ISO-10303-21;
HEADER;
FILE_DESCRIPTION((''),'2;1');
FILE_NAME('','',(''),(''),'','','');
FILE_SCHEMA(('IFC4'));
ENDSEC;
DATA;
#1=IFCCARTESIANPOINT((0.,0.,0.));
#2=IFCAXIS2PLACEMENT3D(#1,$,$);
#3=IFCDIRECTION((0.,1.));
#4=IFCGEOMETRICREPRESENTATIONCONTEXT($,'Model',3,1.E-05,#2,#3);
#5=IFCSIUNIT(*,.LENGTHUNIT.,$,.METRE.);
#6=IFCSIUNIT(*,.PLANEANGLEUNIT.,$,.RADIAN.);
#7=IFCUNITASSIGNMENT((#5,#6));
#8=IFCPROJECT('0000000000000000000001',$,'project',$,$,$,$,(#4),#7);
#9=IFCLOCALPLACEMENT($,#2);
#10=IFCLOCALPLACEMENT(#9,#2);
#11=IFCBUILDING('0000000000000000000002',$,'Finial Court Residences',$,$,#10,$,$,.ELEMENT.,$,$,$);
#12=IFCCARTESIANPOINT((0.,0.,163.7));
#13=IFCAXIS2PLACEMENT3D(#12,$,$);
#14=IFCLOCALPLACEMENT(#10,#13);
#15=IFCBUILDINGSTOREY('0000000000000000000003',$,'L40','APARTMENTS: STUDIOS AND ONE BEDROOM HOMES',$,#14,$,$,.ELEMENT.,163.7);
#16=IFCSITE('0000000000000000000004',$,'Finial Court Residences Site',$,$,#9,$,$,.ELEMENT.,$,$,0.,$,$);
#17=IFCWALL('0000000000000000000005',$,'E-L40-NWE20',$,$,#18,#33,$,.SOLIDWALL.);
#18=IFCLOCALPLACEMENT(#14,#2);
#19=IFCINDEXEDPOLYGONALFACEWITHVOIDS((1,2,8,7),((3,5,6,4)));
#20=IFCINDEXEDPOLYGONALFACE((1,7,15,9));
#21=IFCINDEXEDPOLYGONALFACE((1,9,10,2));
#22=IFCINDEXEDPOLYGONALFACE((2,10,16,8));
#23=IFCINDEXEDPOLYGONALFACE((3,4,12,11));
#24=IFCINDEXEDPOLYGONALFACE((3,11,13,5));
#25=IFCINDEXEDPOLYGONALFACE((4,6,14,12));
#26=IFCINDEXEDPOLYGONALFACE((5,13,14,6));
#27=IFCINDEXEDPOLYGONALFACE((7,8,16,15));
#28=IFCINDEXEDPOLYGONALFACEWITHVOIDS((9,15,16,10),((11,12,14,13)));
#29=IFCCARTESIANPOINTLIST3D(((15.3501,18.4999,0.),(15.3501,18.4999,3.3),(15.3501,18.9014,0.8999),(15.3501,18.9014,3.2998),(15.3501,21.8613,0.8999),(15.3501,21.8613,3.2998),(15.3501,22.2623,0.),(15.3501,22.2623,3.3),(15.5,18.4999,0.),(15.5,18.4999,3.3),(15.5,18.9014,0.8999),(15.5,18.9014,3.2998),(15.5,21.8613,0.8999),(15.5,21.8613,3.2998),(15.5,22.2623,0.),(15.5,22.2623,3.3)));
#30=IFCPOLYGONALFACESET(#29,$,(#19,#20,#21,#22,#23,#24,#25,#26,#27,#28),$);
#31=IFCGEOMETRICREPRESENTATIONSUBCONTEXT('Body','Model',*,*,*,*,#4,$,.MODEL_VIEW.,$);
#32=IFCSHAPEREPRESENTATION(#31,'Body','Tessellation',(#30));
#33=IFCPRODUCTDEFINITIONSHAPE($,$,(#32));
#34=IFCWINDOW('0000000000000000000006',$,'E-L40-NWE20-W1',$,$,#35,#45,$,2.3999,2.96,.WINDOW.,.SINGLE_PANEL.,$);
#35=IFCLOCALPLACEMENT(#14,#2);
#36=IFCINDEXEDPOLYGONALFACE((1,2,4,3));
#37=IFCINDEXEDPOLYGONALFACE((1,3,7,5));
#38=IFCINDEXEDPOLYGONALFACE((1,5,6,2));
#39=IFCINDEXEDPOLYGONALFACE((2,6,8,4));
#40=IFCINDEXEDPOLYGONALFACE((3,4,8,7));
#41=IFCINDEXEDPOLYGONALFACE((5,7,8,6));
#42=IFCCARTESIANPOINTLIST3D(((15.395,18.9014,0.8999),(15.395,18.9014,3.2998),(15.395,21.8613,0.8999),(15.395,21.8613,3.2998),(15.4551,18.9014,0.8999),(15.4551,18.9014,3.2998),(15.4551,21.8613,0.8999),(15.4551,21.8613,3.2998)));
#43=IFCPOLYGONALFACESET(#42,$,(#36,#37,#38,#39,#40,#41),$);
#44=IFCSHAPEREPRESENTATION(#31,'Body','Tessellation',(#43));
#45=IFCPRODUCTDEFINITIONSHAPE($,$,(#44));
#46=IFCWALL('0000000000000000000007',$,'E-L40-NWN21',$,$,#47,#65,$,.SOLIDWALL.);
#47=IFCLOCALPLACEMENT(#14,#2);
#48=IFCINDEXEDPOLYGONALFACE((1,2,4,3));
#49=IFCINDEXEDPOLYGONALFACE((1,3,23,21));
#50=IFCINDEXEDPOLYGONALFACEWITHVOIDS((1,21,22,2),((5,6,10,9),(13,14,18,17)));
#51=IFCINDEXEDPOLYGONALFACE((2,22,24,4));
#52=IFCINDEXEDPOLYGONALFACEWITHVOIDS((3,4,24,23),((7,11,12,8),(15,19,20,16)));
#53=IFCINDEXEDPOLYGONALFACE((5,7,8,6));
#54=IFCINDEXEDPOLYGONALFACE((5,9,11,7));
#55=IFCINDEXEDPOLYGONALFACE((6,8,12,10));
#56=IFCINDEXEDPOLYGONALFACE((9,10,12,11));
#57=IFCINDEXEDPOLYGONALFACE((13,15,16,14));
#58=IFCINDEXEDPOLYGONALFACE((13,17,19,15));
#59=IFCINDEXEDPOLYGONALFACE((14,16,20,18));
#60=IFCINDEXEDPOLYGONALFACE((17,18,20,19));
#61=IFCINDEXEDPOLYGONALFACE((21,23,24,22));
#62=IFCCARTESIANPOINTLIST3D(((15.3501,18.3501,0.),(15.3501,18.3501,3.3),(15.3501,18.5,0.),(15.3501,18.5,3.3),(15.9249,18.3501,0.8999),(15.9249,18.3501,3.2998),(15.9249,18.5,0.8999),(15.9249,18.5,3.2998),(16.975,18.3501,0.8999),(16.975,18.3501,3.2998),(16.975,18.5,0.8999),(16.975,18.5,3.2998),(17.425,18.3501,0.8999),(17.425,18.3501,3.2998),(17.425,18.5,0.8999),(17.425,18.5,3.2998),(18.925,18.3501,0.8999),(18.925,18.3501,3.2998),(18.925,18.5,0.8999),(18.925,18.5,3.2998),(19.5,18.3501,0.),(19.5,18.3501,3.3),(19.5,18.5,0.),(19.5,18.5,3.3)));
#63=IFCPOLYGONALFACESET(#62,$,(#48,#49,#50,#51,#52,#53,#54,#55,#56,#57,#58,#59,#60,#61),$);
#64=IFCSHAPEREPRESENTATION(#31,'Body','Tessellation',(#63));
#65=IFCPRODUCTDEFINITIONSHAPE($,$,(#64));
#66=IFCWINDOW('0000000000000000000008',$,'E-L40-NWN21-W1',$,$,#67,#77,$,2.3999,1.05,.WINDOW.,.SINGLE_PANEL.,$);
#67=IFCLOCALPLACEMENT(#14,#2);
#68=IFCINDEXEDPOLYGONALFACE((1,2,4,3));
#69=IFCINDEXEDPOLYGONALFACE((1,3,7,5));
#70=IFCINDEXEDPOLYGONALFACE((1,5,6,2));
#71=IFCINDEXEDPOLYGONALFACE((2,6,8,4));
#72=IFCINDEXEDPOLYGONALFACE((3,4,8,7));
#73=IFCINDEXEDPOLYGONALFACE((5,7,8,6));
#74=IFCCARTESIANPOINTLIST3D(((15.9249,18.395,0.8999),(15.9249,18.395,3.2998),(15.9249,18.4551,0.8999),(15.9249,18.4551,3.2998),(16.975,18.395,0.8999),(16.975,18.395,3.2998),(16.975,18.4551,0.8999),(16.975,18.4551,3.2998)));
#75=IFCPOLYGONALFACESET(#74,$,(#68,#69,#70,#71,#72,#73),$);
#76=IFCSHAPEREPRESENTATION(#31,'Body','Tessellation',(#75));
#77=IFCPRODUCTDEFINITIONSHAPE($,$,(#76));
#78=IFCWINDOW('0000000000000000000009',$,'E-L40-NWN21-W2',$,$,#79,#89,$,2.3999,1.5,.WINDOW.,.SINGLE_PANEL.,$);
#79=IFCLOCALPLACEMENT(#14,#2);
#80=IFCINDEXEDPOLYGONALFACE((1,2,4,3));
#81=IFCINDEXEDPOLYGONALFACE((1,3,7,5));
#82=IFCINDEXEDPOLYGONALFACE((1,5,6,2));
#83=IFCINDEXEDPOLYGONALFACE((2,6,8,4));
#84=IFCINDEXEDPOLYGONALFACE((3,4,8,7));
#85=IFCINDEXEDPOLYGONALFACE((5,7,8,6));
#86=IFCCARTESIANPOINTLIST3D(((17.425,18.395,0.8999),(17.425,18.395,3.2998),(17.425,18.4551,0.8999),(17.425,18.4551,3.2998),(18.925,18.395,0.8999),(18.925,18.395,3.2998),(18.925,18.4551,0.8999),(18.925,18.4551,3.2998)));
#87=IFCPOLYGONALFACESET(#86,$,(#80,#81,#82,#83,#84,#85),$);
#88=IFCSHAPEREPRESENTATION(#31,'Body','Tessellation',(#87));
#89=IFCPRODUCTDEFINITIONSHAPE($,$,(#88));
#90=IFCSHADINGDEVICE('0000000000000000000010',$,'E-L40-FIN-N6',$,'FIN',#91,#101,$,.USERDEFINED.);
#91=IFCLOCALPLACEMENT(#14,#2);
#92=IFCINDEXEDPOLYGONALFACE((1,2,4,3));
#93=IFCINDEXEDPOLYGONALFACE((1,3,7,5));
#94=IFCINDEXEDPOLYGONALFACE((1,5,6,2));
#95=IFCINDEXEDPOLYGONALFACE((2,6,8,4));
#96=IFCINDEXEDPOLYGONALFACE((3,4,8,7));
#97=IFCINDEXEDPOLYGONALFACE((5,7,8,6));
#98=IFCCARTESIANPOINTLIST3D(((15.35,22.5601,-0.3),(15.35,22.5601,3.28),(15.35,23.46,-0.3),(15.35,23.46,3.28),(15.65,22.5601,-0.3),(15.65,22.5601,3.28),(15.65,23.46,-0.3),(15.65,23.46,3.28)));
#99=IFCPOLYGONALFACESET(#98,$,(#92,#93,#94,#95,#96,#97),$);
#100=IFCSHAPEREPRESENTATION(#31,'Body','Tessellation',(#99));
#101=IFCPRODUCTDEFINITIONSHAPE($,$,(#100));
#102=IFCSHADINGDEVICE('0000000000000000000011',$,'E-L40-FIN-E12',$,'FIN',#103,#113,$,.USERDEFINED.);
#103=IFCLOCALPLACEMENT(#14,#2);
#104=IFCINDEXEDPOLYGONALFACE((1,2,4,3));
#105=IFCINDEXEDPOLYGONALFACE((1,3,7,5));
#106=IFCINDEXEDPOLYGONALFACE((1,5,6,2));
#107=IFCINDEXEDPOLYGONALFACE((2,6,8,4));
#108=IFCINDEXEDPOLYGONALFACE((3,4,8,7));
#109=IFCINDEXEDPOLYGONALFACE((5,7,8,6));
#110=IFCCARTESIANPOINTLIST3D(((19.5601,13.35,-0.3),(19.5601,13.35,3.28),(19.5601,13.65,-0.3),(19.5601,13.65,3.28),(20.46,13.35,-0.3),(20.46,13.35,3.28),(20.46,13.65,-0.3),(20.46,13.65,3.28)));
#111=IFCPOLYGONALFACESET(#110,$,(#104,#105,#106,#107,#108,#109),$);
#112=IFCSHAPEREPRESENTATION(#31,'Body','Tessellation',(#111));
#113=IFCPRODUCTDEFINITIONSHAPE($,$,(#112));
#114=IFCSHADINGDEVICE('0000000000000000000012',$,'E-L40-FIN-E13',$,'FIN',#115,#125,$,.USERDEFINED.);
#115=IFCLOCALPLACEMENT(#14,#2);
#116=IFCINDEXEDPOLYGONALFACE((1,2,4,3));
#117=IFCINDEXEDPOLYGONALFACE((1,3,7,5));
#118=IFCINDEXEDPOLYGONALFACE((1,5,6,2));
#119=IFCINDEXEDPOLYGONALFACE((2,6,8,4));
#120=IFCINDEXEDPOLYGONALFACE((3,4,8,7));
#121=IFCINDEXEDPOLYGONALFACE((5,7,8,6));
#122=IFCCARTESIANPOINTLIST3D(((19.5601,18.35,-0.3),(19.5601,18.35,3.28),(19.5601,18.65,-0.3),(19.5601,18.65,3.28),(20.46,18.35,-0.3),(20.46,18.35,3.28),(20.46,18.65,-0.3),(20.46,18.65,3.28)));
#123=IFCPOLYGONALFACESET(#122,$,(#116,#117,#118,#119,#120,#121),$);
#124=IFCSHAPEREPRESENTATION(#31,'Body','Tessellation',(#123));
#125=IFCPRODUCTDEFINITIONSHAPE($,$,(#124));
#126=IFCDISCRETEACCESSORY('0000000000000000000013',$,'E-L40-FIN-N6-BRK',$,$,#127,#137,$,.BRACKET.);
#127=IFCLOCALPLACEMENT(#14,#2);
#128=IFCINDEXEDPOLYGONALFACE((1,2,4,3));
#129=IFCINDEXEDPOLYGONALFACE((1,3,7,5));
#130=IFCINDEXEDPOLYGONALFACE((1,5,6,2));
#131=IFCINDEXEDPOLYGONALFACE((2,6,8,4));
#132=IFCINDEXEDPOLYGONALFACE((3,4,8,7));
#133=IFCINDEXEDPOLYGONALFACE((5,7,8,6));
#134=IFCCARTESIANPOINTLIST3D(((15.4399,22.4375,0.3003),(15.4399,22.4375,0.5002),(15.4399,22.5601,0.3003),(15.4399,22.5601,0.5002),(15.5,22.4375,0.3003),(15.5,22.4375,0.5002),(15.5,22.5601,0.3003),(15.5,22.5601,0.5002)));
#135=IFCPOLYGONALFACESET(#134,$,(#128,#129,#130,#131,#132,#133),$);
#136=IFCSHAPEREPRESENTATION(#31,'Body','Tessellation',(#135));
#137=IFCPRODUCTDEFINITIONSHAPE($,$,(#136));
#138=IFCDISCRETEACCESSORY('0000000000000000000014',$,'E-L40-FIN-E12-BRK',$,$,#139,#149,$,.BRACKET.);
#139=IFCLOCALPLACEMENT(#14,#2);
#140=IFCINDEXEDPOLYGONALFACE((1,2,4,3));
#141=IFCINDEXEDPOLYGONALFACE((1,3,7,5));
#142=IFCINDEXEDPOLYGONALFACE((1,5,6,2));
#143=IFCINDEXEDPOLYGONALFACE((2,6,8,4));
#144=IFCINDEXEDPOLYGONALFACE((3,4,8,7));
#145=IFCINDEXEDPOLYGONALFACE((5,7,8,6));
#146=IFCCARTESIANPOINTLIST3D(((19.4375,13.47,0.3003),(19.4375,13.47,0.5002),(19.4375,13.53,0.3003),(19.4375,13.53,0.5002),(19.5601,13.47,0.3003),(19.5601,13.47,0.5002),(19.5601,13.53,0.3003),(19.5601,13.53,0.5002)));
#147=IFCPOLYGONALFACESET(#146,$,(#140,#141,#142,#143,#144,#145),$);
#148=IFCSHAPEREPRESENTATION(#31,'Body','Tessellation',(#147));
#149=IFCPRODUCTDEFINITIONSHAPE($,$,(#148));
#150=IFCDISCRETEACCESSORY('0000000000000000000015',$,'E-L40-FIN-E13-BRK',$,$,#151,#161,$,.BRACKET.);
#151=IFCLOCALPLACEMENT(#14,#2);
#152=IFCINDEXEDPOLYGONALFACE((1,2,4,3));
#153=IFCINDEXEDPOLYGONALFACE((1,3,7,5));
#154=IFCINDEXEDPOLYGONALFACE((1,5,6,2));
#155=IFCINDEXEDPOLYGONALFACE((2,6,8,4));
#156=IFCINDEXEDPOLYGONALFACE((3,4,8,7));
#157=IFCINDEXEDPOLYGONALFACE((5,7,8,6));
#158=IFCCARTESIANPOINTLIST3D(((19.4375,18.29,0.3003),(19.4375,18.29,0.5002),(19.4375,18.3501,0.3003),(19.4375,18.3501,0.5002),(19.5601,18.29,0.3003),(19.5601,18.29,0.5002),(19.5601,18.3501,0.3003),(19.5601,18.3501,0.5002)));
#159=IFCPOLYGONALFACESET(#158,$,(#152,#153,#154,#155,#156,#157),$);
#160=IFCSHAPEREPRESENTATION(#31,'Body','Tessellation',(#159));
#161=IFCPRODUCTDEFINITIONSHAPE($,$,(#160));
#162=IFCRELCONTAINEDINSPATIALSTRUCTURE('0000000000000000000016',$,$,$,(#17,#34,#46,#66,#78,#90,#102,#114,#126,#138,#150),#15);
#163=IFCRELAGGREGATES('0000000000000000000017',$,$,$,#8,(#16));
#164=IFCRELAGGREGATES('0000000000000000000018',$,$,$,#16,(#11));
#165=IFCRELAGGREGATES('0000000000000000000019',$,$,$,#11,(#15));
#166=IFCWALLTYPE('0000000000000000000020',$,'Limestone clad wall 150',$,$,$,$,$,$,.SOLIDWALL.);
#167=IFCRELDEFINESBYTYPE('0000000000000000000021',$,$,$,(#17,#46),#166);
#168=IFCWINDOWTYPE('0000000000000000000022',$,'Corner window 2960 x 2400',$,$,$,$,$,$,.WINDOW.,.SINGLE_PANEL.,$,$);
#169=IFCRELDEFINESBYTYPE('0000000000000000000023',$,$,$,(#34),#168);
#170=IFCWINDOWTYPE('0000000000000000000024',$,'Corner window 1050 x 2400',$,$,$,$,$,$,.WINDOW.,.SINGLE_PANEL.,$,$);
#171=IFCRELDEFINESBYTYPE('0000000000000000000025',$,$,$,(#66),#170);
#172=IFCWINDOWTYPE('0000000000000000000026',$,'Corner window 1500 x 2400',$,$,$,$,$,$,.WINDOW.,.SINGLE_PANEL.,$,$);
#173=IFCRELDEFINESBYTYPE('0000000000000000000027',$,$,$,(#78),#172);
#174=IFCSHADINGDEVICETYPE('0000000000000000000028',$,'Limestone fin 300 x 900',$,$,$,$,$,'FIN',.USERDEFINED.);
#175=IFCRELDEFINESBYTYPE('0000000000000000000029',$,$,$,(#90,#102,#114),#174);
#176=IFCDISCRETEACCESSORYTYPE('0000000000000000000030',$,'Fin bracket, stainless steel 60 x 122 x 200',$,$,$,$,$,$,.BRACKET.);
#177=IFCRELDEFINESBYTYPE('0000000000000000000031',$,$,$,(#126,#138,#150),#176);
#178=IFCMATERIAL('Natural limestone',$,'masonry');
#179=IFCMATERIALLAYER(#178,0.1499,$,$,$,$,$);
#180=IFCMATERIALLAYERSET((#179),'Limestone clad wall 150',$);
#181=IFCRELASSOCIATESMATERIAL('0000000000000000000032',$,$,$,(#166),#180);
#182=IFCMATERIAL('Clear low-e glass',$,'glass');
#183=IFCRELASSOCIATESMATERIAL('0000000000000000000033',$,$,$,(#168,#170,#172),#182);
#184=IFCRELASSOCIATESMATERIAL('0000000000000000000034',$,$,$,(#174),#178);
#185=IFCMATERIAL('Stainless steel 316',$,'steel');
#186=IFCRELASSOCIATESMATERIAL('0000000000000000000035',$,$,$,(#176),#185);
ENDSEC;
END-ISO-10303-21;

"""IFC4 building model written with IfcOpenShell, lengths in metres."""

from ifc_helpers import new_model, si_unit, direction, frame, frame_2d, origin, origin_2d, place, context, subcontext, project, spatial, rectangle, extrude, material, layer, layer_set, type_object, element, fill, save


model = new_model("IFC4")

# Units and contexts
model_context = context("Model", 3, precision=1e-05, world=origin(), true_north=direction((0.0, 1.0)))
body_context = subcontext(model_context, "Body", "Model", "MODEL_VIEW")
ifc_project = project(units=[si_unit("LENGTHUNIT", "METRE"), si_unit("PLANEANGLEUNIT", "RADIAN")], contexts=[model_context])

# Site, building, storey
site_placement = place(None, origin())
site = spatial("IfcSite", under=ifc_project, at=site_placement, Name="Finial Court Residences Site", CompositionType="ELEMENT", RefElevation=0.0)
building_placement = place(site_placement, origin())
building = spatial("IfcBuilding", under=site, at=building_placement, Name="Finial Court Residences", CompositionType="ELEMENT")
storey_placement = place(building_placement, frame((0.0, 0.0, 163.7)))
storey = spatial("IfcBuildingStorey", under=building, at=storey_placement, Name="L40", Description="APARTMENTS: STUDIOS AND ONE BEDROOM HOMES", CompositionType="ELEMENT", Elevation=163.7)

# Shared definitions
ifc_material_1 = material(Name="Clear low-e glass", Category="glass")

# Wall, opening, window
ifc_material_2 = material(Name="Natural limestone", Category="masonry")
ifc_layer_1 = layer(ifc_material_2, 0.1499)
ifc_layer_set_1 = layer_set([ifc_layer_1], Name="Limestone clad wall 150")
wall_type_1 = type_object("IfcWallType", Name="Limestone clad wall 150", PredefinedType="SOLIDWALL", material=ifc_layer_set_1)
wall_1_placement = place(storey_placement, frame((15.425, 22.2625, 0.0), z_axis=(0.0, 0.0, 1.0), x_axis=(0.0, -1.0, 0.0)))
wall_1 = element("IfcWall", 1, at=wall_1_placement, inside=storey, type_object=wall_type_1, Name="E-L40-NWE20", PredefinedType="SOLIDWALL", context=body_context, shape_type="SweptSolid", body=[
    extrude(rectangle(XDim=3.7625, YDim=0.1499, at=frame_2d((1.8813, 0.0))), origin(), (0.0, 0.0, 1.0), 3.3),
])
opening_1_placement = place(wall_1_placement, frame((0.4011, 0.0, 0.8999)))
opening_1 = element("IfcOpeningElement", 2, at=opening_1_placement, cuts=wall_1, PredefinedType="OPENING", context=body_context, shape_type="SweptSolid", body=[
    extrude(rectangle(XDim=2.96, YDim=2.3999, at=frame_2d((1.48, 1.2))), frame((0.0, 0.085, 0.0), z_axis=(0.0, -1.0, 0.0), x_axis=(1.0, 0.0, 0.0)), (0.0, 0.0, 1.0), 0.1699),
])
window_type_1 = type_object("IfcWindowType", Name="Corner window 2960 x 2400", PartitioningType="SINGLE_PANEL", PredefinedType="WINDOW", material=ifc_material_1)
window_1_placement = place(opening_1_placement, origin())
window_1 = element("IfcWindow", 3, at=window_1_placement, inside=storey, type_object=window_type_1, Name="E-L40-NWE20-W1", OverallHeight=2.3999, OverallWidth=2.96, PartitioningType="SINGLE_PANEL", PredefinedType="WINDOW", context=body_context, shape_type="SweptSolid", body=[
    extrude(rectangle(XDim=2.96, YDim=2.3999, at=frame_2d((1.48, 1.2))), frame((0.0, 0.03, 0.0), z_axis=(0.0, -1.0, 0.0), x_axis=(1.0, 0.0, 0.0)), (0.0, 0.0, 1.0), 0.0601),
])
fill(opening_1, window_1)

# Wall, openings, windows
wall_2_placement = place(storey_placement, frame((15.3501, 18.425, 0.0), z_axis=(0.0, 0.0, 1.0), x_axis=(1.0, 0.0, 0.0)))
wall_2 = element("IfcWall", 4, at=wall_2_placement, inside=storey, type_object=wall_type_1, Name="E-L40-NWN21", PredefinedType="SOLIDWALL", context=body_context, shape_type="SweptSolid", body=[
    extrude(rectangle(XDim=4.1499, YDim=0.1499, at=frame_2d((2.075, 0.0))), origin(), (0.0, 0.0, 1.0), 3.3),
])
opening_2_placement = place(wall_2_placement, frame((0.575, 0.0, 0.8999)))
opening_2 = element("IfcOpeningElement", 5, at=opening_2_placement, cuts=wall_2, PredefinedType="OPENING", context=body_context, shape_type="SweptSolid", body=[
    extrude(rectangle(XDim=1.05, YDim=2.3999, at=frame_2d((0.5249, 1.2))), frame((0.0, 0.085, 0.0), z_axis=(0.0, -1.0, 0.0), x_axis=(1.0, 0.0, 0.0)), (0.0, 0.0, 1.0), 0.1699),
])
opening_3_placement = place(wall_2_placement, frame((2.075, 0.0, 0.8999)))
opening_3 = element("IfcOpeningElement", 6, at=opening_3_placement, cuts=wall_2, PredefinedType="OPENING", context=body_context, shape_type="SweptSolid", body=[
    extrude(rectangle(XDim=1.5, YDim=2.3999, at=frame_2d((0.75, 1.2))), frame((0.0, 0.085, 0.0), z_axis=(0.0, -1.0, 0.0), x_axis=(1.0, 0.0, 0.0)), (0.0, 0.0, 1.0), 0.1699),
])
window_type_2 = type_object("IfcWindowType", Name="Corner window 1050 x 2400", PartitioningType="SINGLE_PANEL", PredefinedType="WINDOW", material=ifc_material_1)
window_2_placement = place(opening_2_placement, origin())
window_2 = element("IfcWindow", 7, at=window_2_placement, inside=storey, type_object=window_type_2, Name="E-L40-NWN21-W1", OverallHeight=2.3999, OverallWidth=1.05, PartitioningType="SINGLE_PANEL", PredefinedType="WINDOW", context=body_context, shape_type="SweptSolid", body=[
    extrude(rectangle(XDim=1.05, YDim=2.3999, at=frame_2d((0.5249, 1.2))), frame((0.0, 0.03, 0.0), z_axis=(0.0, -1.0, 0.0), x_axis=(1.0, 0.0, 0.0)), (0.0, 0.0, 1.0), 0.0601),
])
fill(opening_2, window_2)
window_type_3 = type_object("IfcWindowType", Name="Corner window 1500 x 2400", PartitioningType="SINGLE_PANEL", PredefinedType="WINDOW", material=ifc_material_1)
window_3_placement = place(opening_3_placement, origin())
window_3 = element("IfcWindow", 8, at=window_3_placement, inside=storey, type_object=window_type_3, Name="E-L40-NWN21-W2", OverallHeight=2.3999, OverallWidth=1.5, PartitioningType="SINGLE_PANEL", PredefinedType="WINDOW", context=body_context, shape_type="SweptSolid", body=[
    extrude(rectangle(XDim=1.5, YDim=2.3999, at=frame_2d((0.75, 1.2))), frame((0.0, 0.03, 0.0), z_axis=(0.0, -1.0, 0.0), x_axis=(1.0, 0.0, 0.0)), (0.0, 0.0, 1.0), 0.0601),
])
fill(opening_3, window_3)

# Shading devices
shading_device_type = type_object("IfcShadingDeviceType", Name="Limestone fin 300 x 900", ElementType="FIN", PredefinedType="USERDEFINED", material=ifc_material_2)
shading_device_placement = place(storey_placement, frame((15.5, 23.01, -0.3), z_axis=(0.0, 0.0, 1.0), x_axis=(1.0, 0.0, 0.0)))
element("IfcShadingDevice", 9, at=shading_device_placement, inside=storey, type_object=shading_device_type, Name="E-L40-FIN-N6", ObjectType="FIN", PredefinedType="USERDEFINED", context=body_context, shape_type="SweptSolid", body=[
    extrude(rectangle(XDim=0.3, YDim=0.8999, at=origin_2d()), origin(), (0.0, 0.0, 1.0), 3.5801),
])
for number, where, z_axis, x_axis, name in (
    (10, (20.01, 13.5, -0.3), (0.0, 0.0, 1.0), (1.0, 0.0, 0.0), "E-L40-FIN-E12"),
    (11, (20.01, 18.5, -0.3), (0.0, 0.0, 1.0), (1.0, 0.0, 0.0), "E-L40-FIN-E13"),
):
    element("IfcShadingDevice", number, at=place(storey_placement, frame(where, z_axis=z_axis, x_axis=x_axis)), inside=storey, type_object=shading_device_type, Name=name, ObjectType="FIN", PredefinedType="USERDEFINED", context=body_context, shape_type="SweptSolid", body=[
        extrude(rectangle(XDim=0.8999, YDim=0.3, at=origin_2d()), origin(), (0.0, 0.0, 1.0), 3.5801),
    ])

# Discrete accessories
ifc_material_3 = material(Name="Stainless steel 316", Category="steel")
discrete_accessory_type = type_object("IfcDiscreteAccessoryType", Name="Fin bracket, stainless steel 60 x 122 x 200", PredefinedType="BRACKET", material=ifc_material_3)
discrete_accessory_placement = place(storey_placement, frame((15.47, 22.4988, 0.3003), z_axis=(0.0, 0.0, 1.0), x_axis=(1.0, 0.0, 0.0)))
element("IfcDiscreteAccessory", 12, at=discrete_accessory_placement, inside=storey, type_object=discrete_accessory_type, Name="E-L40-FIN-N6-BRK", PredefinedType="BRACKET", context=body_context, shape_type="SweptSolid", body=[
    extrude(rectangle(XDim=0.0601, YDim=0.1226, at=origin_2d()), origin(), (0.0, 0.0, 1.0), 0.2),
])
for number, where, z_axis, x_axis, name in (
    (13, (19.4988, 13.5, 0.3003), (0.0, 0.0, 1.0), (1.0, 0.0, 0.0), "E-L40-FIN-E12-BRK"),
    (14, (19.4988, 18.3201, 0.3003), (0.0, 0.0, 1.0), (1.0, 0.0, 0.0), "E-L40-FIN-E13-BRK"),
):
    element("IfcDiscreteAccessory", number, at=place(storey_placement, frame(where, z_axis=z_axis, x_axis=x_axis)), inside=storey, type_object=discrete_accessory_type, Name=name, PredefinedType="BRACKET", context=body_context, shape_type="SweptSolid", body=[
        extrude(rectangle(XDim=0.1226, YDim=0.0601, at=origin_2d()), origin(), (0.0, 0.0, 1.0), 0.2),
    ])

save(model, "model.ifc")
